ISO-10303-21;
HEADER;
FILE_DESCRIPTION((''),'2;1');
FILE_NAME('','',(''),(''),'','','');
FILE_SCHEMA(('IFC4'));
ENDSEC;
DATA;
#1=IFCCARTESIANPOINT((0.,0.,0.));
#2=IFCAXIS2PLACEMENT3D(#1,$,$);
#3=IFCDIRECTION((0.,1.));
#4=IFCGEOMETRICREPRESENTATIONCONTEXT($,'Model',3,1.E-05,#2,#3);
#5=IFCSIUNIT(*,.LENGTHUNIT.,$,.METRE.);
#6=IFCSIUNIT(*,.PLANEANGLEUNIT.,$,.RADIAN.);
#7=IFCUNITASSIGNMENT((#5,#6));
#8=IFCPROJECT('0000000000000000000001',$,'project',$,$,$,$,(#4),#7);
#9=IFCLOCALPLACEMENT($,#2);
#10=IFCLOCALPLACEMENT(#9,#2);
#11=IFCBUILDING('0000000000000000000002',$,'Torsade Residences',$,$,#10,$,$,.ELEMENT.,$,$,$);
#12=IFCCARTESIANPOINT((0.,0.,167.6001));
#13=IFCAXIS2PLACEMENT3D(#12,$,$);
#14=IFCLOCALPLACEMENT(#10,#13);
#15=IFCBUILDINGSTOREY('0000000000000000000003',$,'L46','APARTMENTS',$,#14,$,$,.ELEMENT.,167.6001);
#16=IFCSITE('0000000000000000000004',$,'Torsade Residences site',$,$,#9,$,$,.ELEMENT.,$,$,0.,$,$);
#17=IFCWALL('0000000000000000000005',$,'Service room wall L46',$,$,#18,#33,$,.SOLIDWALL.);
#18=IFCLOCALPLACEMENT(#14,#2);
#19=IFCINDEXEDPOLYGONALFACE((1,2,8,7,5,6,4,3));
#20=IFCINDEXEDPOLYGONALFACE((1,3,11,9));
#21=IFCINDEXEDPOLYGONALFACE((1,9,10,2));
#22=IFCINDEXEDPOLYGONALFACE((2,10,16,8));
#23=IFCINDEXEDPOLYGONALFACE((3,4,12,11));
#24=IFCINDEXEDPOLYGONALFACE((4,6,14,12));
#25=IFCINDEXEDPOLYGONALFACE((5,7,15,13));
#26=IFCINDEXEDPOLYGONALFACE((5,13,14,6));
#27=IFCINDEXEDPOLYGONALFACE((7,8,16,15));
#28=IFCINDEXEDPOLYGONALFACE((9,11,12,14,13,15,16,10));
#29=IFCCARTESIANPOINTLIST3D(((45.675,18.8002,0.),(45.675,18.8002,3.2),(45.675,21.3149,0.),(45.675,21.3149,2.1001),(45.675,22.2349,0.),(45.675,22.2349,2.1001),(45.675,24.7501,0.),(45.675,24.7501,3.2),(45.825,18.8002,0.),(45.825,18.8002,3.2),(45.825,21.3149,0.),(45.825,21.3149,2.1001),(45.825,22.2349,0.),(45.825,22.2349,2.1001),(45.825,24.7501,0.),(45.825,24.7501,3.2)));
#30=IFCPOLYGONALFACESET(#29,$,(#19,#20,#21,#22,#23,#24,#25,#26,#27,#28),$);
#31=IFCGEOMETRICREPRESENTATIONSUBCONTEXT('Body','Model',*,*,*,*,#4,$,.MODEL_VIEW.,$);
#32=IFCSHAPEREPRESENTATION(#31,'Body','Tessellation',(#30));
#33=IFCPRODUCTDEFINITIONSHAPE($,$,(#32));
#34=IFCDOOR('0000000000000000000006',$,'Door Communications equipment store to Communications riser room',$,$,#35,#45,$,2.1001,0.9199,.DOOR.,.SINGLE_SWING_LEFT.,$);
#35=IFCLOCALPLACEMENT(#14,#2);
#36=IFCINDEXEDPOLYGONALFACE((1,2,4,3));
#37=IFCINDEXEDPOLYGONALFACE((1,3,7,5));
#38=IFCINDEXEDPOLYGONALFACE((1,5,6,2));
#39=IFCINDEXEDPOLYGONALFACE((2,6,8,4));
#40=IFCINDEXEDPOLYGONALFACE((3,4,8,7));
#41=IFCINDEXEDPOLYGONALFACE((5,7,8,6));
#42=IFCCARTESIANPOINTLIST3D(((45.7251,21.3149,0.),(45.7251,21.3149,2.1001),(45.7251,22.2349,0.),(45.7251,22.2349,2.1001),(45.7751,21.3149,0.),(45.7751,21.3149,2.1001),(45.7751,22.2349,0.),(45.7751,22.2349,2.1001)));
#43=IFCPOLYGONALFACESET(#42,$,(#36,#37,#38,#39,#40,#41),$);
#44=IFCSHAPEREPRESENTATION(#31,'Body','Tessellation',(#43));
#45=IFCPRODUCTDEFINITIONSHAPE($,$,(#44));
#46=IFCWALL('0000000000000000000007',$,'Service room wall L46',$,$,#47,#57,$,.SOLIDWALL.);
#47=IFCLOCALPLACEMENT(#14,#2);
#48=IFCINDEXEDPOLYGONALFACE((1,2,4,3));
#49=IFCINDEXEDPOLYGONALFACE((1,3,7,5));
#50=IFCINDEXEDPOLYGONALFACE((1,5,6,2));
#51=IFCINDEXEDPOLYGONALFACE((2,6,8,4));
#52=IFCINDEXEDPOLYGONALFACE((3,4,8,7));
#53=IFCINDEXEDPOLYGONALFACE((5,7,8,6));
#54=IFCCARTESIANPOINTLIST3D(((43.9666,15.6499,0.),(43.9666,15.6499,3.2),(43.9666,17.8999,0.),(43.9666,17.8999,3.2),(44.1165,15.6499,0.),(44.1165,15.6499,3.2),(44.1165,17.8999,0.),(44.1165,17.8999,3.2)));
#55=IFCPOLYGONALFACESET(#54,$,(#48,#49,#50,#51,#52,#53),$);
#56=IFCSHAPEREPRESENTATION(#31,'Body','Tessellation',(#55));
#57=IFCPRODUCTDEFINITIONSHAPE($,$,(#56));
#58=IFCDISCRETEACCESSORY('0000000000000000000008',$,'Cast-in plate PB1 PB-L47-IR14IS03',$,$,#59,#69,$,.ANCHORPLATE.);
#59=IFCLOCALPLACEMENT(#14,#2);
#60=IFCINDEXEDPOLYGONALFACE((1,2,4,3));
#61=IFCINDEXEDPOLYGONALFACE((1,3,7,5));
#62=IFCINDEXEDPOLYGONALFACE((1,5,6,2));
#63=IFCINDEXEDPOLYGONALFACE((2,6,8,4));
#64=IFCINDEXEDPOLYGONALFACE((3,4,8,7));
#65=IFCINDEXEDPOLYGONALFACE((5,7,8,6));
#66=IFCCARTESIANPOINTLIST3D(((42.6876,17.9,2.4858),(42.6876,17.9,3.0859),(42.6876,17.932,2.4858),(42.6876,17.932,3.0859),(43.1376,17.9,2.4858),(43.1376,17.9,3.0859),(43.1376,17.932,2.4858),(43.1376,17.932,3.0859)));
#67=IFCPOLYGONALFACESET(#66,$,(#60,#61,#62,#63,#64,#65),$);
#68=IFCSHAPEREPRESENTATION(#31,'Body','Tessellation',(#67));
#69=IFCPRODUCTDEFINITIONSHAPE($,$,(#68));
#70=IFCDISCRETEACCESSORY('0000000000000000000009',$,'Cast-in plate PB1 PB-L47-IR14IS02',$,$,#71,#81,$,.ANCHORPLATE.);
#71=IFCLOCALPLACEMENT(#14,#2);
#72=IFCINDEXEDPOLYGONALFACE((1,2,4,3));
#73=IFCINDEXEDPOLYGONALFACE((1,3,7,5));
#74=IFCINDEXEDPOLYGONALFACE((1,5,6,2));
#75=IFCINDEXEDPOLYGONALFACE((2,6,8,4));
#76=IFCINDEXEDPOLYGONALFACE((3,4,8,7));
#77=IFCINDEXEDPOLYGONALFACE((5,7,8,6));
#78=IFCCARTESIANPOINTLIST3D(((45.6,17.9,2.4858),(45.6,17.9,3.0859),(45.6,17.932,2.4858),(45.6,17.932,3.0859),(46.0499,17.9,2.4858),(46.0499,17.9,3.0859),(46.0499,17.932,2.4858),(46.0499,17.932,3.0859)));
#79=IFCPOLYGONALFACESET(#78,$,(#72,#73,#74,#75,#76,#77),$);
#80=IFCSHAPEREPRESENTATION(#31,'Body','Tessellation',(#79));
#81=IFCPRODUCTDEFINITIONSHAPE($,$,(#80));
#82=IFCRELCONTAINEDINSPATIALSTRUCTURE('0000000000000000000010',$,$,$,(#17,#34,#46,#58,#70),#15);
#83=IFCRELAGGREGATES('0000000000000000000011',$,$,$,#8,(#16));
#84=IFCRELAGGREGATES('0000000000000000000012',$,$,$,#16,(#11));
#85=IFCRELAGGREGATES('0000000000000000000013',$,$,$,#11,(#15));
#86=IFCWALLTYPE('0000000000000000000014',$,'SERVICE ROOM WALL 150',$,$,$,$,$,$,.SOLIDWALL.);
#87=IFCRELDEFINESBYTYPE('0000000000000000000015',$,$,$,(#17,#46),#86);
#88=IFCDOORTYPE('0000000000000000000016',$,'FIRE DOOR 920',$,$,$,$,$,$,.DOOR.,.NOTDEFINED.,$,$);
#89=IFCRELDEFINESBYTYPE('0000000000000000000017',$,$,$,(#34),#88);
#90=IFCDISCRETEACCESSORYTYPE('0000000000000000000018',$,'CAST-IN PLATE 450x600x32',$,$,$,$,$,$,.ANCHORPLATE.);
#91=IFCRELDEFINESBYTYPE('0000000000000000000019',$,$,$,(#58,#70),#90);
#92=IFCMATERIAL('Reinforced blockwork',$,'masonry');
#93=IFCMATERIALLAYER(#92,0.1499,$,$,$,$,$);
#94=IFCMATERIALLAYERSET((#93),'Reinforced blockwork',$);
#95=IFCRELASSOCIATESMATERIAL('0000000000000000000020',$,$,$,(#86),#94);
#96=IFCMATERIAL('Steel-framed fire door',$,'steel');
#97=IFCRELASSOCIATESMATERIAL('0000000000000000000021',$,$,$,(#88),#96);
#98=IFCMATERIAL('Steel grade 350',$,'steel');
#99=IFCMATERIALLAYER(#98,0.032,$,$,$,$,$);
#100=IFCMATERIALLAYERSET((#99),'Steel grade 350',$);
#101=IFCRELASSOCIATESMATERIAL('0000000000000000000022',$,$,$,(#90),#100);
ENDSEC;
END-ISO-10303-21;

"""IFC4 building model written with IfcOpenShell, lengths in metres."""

from ifc_helpers import new_model, si_unit, direction, frame, frame_2d, origin, origin_2d, place, context, subcontext, project, spatial, rectangle, extrude, material, layer, layer_set, type_object, element, fill, save


model = new_model("IFC4")

# Units and contexts
model_context = context("Model", 3, precision=1e-05, world=origin(), true_north=direction((0.0, 1.0)))
body_context = subcontext(model_context, "Body", "Model", "MODEL_VIEW")
ifc_project = project(units=[si_unit("LENGTHUNIT", "METRE"), si_unit("PLANEANGLEUNIT", "RADIAN")], contexts=[model_context])

# Site, building, storey
site_placement = place(None, origin())
site = spatial("IfcSite", under=ifc_project, at=site_placement, Name="Torsade Residences site", CompositionType="ELEMENT", RefElevation=0.0)
building_placement = place(site_placement, origin())
building = spatial("IfcBuilding", under=site, at=building_placement, Name="Torsade Residences", CompositionType="ELEMENT")
storey_placement = place(building_placement, frame((0.0, 0.0, 167.6001)))
storey = spatial("IfcBuildingStorey", under=building, at=storey_placement, Name="L46", Description="APARTMENTS", CompositionType="ELEMENT", Elevation=167.6001)

# Wall, opening, door
ifc_material_1 = material(Name="Reinforced blockwork", Category="masonry")
ifc_layer_1 = layer(ifc_material_1, 0.1499)
ifc_layer_set_1 = layer_set([ifc_layer_1], Name="Reinforced blockwork")
wall_type_1 = type_object("IfcWallType", Name="SERVICE ROOM WALL 150", PredefinedType="SOLIDWALL", material=ifc_layer_set_1)
wall_1_placement = place(storey_placement, frame((45.75, 18.8, 0.0), z_axis=(0.0, 0.0, 1.0), x_axis=(0.0, 1.0, 0.0)))
wall_1 = element("IfcWall", 1, at=wall_1_placement, inside=storey, type_object=wall_type_1, Name="Service room wall L46", PredefinedType="SOLIDWALL", context=body_context, shape_type="SweptSolid", body=[
    extrude(rectangle(XDim=5.95, YDim=0.1499, at=frame_2d((2.9751, 0.0))), origin(), (0.0, 0.0, 1.0), 3.2),
])
opening_1_placement = place(wall_1_placement, frame((2.5149, 0.0, 0.0)))
opening_1 = element("IfcOpeningElement", 2, at=opening_1_placement, cuts=wall_1, PredefinedType="OPENING", context=body_context, shape_type="SweptSolid", body=[
    extrude(rectangle(XDim=0.9199, YDim=2.1001, at=frame_2d((0.46, 1.05))), frame((0.0, 0.085, 0.0), z_axis=(0.0, -1.0, 0.0), x_axis=(1.0, 0.0, 0.0)), (0.0, 0.0, 1.0), 0.1699),
])
ifc_material_2 = material(Name="Steel-framed fire door", Category="steel")
door_type_1 = type_object("IfcDoorType", Name="FIRE DOOR 920", OperationType="NOTDEFINED", PredefinedType="DOOR", material=ifc_material_2)
door_1_placement = place(opening_1_placement, origin())
door_1 = element("IfcDoor", 3, at=door_1_placement, inside=storey, type_object=door_type_1, Name="Door Communications equipment store to Communications riser room", OperationType="SINGLE_SWING_LEFT", OverallHeight=2.1001, OverallWidth=0.9199, PredefinedType="DOOR", context=body_context, shape_type="SweptSolid", body=[
    extrude(rectangle(XDim=0.9199, YDim=2.1001, at=frame_2d((0.46, 1.05))), frame((0.0, 0.0249, 0.0), z_axis=(0.0, -1.0, 0.0), x_axis=(1.0, 0.0, 0.0)), (0.0, 0.0, 1.0), 0.05),
])
fill(opening_1, door_1)

# Wall
wall_2_placement = place(storey_placement, frame((44.0415, 15.6499, 0.0), z_axis=(0.0, 0.0, 1.0), x_axis=(0.0, 1.0, 0.0)))
element("IfcWall", 4, at=wall_2_placement, inside=storey, type_object=wall_type_1, Name="Service room wall L46", PredefinedType="SOLIDWALL", context=body_context, shape_type="SweptSolid", body=[
    extrude(rectangle(XDim=2.25, YDim=0.1499, at=frame_2d((1.125, 0.0))), origin(), (0.0, 0.0, 1.0), 3.2),
])

# Discrete accessories
ifc_material_3 = material(Name="Steel grade 350", Category="steel")
ifc_layer_2 = layer(ifc_material_3, 0.032)
ifc_layer_set_2 = layer_set([ifc_layer_2], Name="Steel grade 350")
discrete_accessory_type = type_object("IfcDiscreteAccessoryType", Name="CAST-IN PLATE 450x600x32", PredefinedType="ANCHORPLATE", material=ifc_layer_set_2)
for number, where, z_axis, x_axis, name in (
    (5, (42.9126, 17.916, 2.4858), (0.0, 0.0, 1.0), (1.0, 0.0, 0.0), "Cast-in plate PB1 PB-L47-IR14IS03"),
    (6, (45.825, 17.916, 2.4858), (0.0, 0.0, 1.0), (1.0, 0.0, 0.0), "Cast-in plate PB1 PB-L47-IR14IS02"),
):
    element("IfcDiscreteAccessory", number, at=place(storey_placement, frame(where, z_axis=z_axis, x_axis=x_axis)), inside=storey, type_object=discrete_accessory_type, Name=name, PredefinedType="ANCHORPLATE", context=body_context, shape_type="SweptSolid", body=[
        extrude(rectangle(XDim=0.45, YDim=0.032, at=origin_2d()), origin(), (0.0, 0.0, 1.0), 0.6001),
    ])

save(model, "model.ifc")
